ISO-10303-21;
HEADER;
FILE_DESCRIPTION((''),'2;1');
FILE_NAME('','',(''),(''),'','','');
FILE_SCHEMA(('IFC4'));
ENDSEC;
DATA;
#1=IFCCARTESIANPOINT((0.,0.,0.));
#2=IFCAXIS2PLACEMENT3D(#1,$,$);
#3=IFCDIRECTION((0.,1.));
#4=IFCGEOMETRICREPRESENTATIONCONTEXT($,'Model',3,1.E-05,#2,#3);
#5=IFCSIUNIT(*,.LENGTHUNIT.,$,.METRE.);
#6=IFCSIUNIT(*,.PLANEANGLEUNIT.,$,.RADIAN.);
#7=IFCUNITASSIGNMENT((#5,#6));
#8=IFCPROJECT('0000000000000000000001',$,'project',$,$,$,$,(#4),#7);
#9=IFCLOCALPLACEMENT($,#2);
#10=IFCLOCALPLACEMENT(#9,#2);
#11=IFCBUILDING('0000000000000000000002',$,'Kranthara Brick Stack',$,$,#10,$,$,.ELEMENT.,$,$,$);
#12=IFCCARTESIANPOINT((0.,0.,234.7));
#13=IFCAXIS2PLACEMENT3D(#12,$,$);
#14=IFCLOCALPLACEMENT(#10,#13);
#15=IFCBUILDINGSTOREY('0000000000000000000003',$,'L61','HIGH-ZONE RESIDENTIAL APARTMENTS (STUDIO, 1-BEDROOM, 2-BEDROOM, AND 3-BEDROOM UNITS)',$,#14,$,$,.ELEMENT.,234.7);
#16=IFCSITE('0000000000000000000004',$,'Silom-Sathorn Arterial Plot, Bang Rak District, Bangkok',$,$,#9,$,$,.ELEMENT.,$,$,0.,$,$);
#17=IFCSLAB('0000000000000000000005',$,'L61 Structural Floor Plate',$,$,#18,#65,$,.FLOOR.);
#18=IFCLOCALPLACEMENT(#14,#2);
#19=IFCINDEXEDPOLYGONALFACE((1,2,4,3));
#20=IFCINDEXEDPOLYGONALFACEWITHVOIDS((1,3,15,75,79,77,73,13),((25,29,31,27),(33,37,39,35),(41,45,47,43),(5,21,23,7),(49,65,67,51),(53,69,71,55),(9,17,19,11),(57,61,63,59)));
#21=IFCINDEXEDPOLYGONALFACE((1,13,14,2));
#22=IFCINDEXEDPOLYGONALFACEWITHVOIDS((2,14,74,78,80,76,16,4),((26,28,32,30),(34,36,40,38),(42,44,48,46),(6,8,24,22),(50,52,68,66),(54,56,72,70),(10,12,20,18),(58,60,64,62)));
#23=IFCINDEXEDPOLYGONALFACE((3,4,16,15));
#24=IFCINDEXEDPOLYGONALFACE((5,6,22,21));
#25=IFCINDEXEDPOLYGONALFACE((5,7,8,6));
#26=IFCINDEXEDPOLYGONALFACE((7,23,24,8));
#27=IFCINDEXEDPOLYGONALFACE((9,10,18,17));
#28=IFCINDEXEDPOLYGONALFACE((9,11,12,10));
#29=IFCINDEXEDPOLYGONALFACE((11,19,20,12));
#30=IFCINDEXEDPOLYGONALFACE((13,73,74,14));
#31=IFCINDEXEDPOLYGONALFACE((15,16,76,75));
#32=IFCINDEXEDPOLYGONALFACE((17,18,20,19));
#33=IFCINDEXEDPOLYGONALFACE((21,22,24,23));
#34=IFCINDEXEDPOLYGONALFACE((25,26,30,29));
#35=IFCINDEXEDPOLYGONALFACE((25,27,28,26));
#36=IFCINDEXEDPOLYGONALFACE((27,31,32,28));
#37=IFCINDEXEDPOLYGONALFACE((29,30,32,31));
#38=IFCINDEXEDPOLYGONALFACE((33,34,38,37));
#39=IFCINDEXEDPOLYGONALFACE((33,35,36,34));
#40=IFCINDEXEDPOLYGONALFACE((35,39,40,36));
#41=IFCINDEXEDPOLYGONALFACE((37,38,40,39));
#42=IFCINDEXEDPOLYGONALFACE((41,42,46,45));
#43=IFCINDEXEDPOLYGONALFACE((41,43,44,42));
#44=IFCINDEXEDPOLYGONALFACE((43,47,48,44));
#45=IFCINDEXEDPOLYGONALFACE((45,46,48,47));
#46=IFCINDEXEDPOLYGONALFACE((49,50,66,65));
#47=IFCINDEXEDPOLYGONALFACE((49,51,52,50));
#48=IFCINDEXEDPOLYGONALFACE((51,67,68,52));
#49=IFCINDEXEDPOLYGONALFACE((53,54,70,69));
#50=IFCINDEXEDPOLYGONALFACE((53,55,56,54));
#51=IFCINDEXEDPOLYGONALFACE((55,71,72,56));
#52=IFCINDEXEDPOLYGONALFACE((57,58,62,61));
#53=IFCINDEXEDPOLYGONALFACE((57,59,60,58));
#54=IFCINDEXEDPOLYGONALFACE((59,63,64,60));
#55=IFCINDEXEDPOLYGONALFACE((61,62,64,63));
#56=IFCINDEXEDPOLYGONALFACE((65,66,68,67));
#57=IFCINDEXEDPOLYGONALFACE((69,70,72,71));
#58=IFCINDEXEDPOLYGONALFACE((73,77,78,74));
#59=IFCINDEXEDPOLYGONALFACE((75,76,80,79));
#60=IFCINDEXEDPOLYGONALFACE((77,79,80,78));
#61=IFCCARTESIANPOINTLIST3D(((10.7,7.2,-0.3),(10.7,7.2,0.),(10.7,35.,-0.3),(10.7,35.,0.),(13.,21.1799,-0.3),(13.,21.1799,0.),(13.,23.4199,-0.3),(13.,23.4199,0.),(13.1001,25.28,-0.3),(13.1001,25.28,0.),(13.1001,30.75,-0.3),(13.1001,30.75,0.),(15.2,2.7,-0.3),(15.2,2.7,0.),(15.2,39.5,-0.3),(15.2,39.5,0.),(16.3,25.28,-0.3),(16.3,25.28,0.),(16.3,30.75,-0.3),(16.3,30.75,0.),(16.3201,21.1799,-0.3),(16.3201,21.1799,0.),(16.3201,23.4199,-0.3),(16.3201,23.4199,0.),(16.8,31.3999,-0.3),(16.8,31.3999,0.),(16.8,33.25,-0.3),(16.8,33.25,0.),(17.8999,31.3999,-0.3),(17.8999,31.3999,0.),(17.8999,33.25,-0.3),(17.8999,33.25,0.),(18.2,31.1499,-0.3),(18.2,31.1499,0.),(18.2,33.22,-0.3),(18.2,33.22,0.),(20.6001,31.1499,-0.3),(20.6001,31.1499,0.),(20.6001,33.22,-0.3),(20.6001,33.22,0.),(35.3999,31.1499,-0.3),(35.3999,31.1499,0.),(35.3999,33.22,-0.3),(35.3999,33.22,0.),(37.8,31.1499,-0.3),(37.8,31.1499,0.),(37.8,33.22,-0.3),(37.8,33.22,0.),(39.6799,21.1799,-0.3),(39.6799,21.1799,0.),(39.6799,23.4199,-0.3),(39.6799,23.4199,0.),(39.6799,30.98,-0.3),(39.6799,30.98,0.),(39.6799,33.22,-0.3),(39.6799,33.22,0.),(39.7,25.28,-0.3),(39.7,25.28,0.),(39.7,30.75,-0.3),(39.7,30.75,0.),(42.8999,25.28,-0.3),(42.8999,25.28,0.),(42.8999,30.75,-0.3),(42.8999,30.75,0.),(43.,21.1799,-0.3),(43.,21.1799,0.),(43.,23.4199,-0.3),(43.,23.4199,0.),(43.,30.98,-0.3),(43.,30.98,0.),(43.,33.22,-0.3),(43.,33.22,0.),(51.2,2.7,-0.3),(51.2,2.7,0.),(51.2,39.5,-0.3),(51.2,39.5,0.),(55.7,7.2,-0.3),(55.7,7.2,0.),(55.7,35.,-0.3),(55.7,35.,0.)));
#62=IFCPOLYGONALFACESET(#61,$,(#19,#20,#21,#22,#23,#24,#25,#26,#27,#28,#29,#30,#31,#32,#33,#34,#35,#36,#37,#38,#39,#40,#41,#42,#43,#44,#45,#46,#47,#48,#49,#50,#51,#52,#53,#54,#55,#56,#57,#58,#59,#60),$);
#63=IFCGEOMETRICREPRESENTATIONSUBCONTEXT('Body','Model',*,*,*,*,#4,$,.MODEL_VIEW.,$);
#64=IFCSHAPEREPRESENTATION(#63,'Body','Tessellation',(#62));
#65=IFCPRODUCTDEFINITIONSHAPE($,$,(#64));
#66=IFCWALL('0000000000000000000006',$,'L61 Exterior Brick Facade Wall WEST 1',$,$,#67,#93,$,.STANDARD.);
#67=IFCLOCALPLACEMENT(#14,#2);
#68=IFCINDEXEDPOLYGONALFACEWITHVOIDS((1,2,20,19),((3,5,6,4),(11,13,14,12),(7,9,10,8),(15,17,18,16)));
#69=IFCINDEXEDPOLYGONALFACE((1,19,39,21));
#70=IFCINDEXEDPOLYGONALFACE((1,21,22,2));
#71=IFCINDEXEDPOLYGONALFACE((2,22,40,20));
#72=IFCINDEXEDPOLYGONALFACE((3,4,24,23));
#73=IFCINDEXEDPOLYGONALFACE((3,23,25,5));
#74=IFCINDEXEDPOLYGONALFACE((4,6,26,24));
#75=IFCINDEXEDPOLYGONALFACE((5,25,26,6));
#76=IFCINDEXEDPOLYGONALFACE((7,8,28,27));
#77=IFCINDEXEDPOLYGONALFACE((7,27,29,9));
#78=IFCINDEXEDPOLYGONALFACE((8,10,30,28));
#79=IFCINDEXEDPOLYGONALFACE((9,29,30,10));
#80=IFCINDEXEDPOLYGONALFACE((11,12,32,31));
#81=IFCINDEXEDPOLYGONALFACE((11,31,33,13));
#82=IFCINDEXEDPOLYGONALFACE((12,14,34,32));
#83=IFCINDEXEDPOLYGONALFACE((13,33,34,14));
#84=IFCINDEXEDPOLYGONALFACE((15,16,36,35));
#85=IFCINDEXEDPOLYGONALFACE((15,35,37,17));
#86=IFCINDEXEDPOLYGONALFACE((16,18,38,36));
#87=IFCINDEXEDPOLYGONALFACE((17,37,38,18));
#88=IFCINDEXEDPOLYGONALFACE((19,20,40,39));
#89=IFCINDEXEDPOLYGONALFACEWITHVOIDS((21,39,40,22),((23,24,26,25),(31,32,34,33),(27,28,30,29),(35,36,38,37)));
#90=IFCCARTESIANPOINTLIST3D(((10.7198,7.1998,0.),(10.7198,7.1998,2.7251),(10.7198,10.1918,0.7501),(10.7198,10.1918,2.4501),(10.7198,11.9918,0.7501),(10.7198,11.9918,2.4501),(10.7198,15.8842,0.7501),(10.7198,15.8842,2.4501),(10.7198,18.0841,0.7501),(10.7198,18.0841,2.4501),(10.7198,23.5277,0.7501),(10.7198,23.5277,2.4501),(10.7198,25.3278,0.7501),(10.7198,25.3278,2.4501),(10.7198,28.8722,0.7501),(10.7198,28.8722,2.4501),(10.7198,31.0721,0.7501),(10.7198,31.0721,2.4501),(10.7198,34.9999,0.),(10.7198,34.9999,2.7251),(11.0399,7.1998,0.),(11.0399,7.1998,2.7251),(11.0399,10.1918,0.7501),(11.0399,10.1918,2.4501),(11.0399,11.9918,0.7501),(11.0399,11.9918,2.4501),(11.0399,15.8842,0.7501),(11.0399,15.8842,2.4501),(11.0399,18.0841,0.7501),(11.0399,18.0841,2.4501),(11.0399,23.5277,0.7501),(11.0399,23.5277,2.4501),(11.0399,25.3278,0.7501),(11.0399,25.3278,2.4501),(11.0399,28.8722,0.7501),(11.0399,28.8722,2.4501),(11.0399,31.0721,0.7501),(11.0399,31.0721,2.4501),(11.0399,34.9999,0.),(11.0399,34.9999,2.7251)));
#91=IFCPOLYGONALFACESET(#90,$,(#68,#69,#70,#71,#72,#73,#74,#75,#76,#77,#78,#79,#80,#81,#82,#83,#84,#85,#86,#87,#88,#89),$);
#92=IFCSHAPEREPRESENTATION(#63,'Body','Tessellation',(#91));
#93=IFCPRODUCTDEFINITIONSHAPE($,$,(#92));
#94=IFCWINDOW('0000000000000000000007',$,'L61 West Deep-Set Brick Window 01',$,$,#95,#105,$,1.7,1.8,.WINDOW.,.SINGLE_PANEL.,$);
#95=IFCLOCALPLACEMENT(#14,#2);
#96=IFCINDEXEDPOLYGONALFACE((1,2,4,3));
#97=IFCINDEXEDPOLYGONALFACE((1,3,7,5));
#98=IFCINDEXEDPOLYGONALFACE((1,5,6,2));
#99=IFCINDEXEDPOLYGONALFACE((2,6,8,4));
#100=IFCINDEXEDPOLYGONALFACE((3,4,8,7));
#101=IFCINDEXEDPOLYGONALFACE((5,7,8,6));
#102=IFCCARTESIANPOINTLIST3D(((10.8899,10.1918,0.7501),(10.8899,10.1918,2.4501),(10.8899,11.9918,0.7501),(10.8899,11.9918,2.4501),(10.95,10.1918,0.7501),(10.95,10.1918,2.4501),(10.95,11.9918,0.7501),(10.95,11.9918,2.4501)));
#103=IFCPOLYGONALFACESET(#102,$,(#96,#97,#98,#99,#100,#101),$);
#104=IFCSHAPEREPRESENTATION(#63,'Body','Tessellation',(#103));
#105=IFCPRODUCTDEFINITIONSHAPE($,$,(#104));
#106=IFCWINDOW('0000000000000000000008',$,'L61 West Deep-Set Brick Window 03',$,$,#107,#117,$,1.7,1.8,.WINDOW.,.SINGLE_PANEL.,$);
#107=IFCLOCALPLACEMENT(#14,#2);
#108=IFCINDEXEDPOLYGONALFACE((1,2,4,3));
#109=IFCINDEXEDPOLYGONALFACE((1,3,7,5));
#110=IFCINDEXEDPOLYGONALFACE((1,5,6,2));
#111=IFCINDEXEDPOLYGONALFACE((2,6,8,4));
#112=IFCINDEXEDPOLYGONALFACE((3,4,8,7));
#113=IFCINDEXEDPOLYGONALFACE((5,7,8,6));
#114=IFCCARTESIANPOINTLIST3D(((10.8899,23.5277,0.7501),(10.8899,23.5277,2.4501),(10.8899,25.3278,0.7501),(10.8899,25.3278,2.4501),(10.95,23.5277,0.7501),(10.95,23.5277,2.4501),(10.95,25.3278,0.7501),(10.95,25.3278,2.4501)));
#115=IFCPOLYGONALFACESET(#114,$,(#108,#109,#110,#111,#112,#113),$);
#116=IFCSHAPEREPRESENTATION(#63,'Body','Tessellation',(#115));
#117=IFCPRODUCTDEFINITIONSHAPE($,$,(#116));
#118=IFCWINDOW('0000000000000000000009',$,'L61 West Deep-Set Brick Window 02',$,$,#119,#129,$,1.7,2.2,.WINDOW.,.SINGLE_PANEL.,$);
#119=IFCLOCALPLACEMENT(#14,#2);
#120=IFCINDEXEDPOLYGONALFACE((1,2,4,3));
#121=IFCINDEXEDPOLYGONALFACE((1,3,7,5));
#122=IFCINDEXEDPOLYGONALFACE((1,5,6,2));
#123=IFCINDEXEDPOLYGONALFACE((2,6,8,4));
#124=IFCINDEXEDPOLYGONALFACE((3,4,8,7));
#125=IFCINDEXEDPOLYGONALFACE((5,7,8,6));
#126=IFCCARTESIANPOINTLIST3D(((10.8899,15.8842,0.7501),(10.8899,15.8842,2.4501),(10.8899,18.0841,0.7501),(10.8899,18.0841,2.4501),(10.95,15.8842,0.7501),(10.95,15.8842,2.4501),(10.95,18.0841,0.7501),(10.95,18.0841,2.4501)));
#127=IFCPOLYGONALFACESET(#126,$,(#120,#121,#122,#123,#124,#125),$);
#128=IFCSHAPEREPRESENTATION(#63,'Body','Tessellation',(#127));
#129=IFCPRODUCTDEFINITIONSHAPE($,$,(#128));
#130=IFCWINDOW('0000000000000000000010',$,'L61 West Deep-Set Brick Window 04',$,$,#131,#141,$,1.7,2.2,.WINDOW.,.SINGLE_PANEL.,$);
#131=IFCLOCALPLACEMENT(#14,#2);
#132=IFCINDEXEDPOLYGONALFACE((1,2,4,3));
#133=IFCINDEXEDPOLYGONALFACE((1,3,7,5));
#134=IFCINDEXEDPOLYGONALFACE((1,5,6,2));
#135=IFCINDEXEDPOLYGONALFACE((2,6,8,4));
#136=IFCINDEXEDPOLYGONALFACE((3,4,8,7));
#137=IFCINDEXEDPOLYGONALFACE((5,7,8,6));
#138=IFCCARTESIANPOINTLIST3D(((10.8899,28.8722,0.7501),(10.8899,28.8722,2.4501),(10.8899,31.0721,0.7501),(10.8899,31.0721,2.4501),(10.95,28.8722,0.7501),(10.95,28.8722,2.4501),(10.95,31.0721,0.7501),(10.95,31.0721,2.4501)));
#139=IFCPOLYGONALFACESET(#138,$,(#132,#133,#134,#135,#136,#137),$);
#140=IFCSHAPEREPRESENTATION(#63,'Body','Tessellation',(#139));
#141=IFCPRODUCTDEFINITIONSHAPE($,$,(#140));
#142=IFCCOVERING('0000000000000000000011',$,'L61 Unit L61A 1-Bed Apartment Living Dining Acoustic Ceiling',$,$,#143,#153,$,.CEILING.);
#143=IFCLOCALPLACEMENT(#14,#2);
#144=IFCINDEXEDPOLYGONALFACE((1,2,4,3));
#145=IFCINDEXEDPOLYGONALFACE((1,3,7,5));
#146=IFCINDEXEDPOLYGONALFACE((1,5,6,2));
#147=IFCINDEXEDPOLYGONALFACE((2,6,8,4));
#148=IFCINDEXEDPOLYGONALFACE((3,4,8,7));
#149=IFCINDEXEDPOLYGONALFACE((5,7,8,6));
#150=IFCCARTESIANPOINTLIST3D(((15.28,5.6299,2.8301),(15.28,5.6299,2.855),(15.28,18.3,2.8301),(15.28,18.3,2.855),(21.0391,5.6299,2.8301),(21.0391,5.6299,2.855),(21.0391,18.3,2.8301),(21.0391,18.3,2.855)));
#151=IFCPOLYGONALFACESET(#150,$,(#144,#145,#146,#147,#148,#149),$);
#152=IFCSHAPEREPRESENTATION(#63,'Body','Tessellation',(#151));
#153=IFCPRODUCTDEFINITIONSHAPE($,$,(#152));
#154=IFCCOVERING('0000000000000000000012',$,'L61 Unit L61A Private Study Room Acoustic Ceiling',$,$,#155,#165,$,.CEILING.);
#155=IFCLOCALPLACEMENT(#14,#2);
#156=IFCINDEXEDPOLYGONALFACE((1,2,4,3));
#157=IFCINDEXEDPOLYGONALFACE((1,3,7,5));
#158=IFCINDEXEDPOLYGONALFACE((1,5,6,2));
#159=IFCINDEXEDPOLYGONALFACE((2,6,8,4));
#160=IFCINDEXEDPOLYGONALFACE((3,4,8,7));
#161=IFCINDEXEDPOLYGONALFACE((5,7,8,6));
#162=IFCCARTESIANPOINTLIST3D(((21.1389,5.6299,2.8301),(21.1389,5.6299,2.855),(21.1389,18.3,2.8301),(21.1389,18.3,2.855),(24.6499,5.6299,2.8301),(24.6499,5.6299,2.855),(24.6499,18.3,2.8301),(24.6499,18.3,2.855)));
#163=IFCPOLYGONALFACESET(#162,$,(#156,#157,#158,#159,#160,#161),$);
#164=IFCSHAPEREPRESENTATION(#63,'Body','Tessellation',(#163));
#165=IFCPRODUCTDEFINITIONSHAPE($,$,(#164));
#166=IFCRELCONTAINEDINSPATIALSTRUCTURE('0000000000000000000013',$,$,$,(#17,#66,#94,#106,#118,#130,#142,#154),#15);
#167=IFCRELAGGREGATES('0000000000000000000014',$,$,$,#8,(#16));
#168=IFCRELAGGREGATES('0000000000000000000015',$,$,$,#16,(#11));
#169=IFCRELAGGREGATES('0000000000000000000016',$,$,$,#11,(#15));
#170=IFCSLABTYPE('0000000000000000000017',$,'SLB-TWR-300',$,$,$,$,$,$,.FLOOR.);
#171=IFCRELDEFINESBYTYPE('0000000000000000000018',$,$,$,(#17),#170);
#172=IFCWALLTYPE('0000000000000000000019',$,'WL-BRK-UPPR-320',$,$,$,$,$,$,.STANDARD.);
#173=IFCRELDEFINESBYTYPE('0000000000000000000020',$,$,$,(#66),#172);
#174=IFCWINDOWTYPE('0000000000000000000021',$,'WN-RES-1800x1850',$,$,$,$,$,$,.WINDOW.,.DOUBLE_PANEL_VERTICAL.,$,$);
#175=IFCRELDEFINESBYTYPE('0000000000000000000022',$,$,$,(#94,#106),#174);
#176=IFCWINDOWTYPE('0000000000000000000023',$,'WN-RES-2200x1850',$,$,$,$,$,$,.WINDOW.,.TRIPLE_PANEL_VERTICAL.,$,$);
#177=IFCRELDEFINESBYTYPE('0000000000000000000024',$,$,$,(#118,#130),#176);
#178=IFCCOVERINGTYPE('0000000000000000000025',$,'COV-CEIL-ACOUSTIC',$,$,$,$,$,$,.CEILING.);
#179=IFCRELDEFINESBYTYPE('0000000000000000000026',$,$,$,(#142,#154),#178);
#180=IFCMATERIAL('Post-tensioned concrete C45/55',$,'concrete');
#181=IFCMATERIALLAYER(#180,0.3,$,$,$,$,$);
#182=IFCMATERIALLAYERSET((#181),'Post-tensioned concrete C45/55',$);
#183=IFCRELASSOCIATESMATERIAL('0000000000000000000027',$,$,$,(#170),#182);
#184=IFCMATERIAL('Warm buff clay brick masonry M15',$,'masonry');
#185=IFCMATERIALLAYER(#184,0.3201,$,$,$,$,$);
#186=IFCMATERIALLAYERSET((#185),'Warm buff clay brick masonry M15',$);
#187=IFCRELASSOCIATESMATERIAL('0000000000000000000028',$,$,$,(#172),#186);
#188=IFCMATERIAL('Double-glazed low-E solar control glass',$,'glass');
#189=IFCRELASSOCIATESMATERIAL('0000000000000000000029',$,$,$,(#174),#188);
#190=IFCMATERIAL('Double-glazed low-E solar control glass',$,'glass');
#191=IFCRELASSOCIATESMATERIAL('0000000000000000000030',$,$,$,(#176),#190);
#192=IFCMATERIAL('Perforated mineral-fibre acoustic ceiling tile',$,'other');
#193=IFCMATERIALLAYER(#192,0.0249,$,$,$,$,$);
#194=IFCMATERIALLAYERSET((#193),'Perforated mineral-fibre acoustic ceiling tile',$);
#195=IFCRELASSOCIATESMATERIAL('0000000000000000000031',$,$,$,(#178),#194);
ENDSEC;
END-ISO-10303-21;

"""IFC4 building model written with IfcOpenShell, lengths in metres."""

from ifc_helpers import new_model, si_unit, direction, frame, frame_2d, origin, place, context, subcontext, project, spatial, polyline, rectangle, outline, extrude, material, layer, layer_set, type_object, element, fill, save


model = new_model("IFC4")

# Units and contexts
model_context = context("Model", 3, precision=1e-05, world=origin(), true_north=direction((0.0, 1.0)))
body_context = subcontext(model_context, "Body", "Model", "MODEL_VIEW")
ifc_project = project(units=[si_unit("LENGTHUNIT", "METRE"), si_unit("PLANEANGLEUNIT", "RADIAN")], contexts=[model_context])

# Site, building, storey
site_placement = place(None, origin())
site = spatial("IfcSite", under=ifc_project, at=site_placement, Name="Silom-Sathorn Arterial Plot, Bang Rak District, Bangkok", CompositionType="ELEMENT", RefElevation=0.0)
building_placement = place(site_placement, origin())
building = spatial("IfcBuilding", under=site, at=building_placement, Name="Kranthara Brick Stack", CompositionType="ELEMENT")
storey_placement = place(building_placement, frame((0.0, 0.0, 234.7)))
storey = spatial("IfcBuildingStorey", under=building, at=storey_placement, Name="L61", Description="HIGH-ZONE RESIDENTIAL APARTMENTS (STUDIO, 1-BEDROOM, 2-BEDROOM, AND 3-BEDROOM UNITS)", CompositionType="ELEMENT", Elevation=234.7)

# Slab
ifc_material_1 = material(Name="Post-tensioned concrete C45/55", Category="concrete")
ifc_layer_1 = layer(ifc_material_1, 0.3)
ifc_layer_set_1 = layer_set([ifc_layer_1], Name="Post-tensioned concrete C45/55")
slab_type_1 = type_object("IfcSlabType", Name="SLB-TWR-300", PredefinedType="FLOOR", material=ifc_layer_set_1)
slab_1_placement = place(storey_placement, frame((0.0, 0.0, -0.3)))
element("IfcSlab", 1, at=slab_1_placement, inside=storey, type_object=slab_type_1, Name="L61 Structural Floor Plate", PredefinedType="FLOOR", context=body_context, shape_type="SweptSolid", body=[
    extrude(outline(polyline([(15.2, 2.7), (51.2, 2.7), (55.7, 7.2), (55.7, 35.0), (51.2, 39.5), (15.2, 39.5), (10.7, 35.0), (10.7, 7.2), (15.2, 2.7)]), holes=[polyline([(13.1001, 25.28), (16.3, 25.28), (16.3, 30.75), (13.1001, 30.75), (13.1001, 25.28)]), polyline([(39.7, 25.28), (42.8999, 25.28), (42.8999, 30.75), (39.7, 30.75), (39.7, 25.28)]), polyline([(13.0, 21.1799), (16.3201, 21.1799), (16.3201, 23.4199), (13.0, 23.4199), (13.0, 21.1799)]), polyline([(39.6799, 21.1799), (43.0, 21.1799), (43.0, 23.4199), (39.6799, 23.4199), (39.6799, 21.1799)]), polyline([(39.6799, 30.98), (43.0, 30.98), (43.0, 33.22), (39.6799, 33.22), (39.6799, 30.98)]), polyline([(18.2, 31.1499), (20.6001, 31.1499), (20.6001, 33.22), (18.2, 33.22), (18.2, 31.1499)]), polyline([(35.3999, 31.1499), (37.8, 31.1499), (37.8, 33.22), (35.3999, 33.22), (35.3999, 31.1499)]), polyline([(16.8, 31.3999), (17.8999, 31.3999), (17.8999, 33.25), (16.8, 33.25), (16.8, 31.3999)])]), origin(), (0.0, 0.0, 1.0), 0.3),
])

# Wall, openings, windows
ifc_material_2 = material(Name="Warm buff clay brick masonry M15", Category="masonry")
ifc_layer_2 = layer(ifc_material_2, 0.3201)
ifc_layer_set_2 = layer_set([ifc_layer_2], Name="Warm buff clay brick masonry M15")
wall_type = type_object("IfcWallType", Name="WL-BRK-UPPR-320", PredefinedType="STANDARD", material=ifc_layer_set_2)
wall_placement = place(storey_placement, frame((10.8799, 7.2, 0.0), z_axis=(0.0, 0.0, 1.0), x_axis=(0.0, 1.0, 0.0)))
wall = element("IfcWall", 2, at=wall_placement, inside=storey, type_object=wall_type, Name="L61 Exterior Brick Facade Wall WEST 1", PredefinedType="STANDARD", context=body_context, shape_type="SweptSolid", body=[
    extrude(rectangle(XDim=27.8, YDim=0.3201, at=frame_2d((13.8999, 0.0))), origin(), (0.0, 0.0, 1.0), 2.7251),
])
opening_1_placement = place(wall_placement, frame((2.9919, 0.0, 0.75)))
opening_1 = element("IfcOpeningElement", 3, at=opening_1_placement, cuts=wall, PredefinedType="OPENING", context=body_context, shape_type="SweptSolid", body=[
    extrude(rectangle(XDim=1.8, YDim=1.7, at=frame_2d((0.8999, 0.8501))), frame((0.0, 0.1699, 0.0), z_axis=(0.0, -1.0, 0.0), x_axis=(1.0, 0.0, 0.0)), (0.0, 0.0, 1.0), 0.3401),
])
opening_2_placement = place(wall_placement, frame((8.6841, 0.0, 0.75)))
opening_2 = element("IfcOpeningElement", 4, at=opening_2_placement, cuts=wall, PredefinedType="OPENING", context=body_context, shape_type="SweptSolid", body=[
    extrude(rectangle(XDim=2.2, YDim=1.7, at=frame_2d((1.1001, 0.8501))), frame((0.0, 0.1699, 0.0), z_axis=(0.0, -1.0, 0.0), x_axis=(1.0, 0.0, 0.0)), (0.0, 0.0, 1.0), 0.3401),
])
opening_3_placement = place(wall_placement, frame((16.3279, 0.0, 0.75)))
opening_3 = element("IfcOpeningElement", 5, at=opening_3_placement, cuts=wall, PredefinedType="OPENING", context=body_context, shape_type="SweptSolid", body=[
    extrude(rectangle(XDim=1.8, YDim=1.7, at=frame_2d((0.8999, 0.8501))), frame((0.0, 0.1699, 0.0), z_axis=(0.0, -1.0, 0.0), x_axis=(1.0, 0.0, 0.0)), (0.0, 0.0, 1.0), 0.3401),
])
opening_4_placement = place(wall_placement, frame((21.6721, 0.0, 0.75)))
opening_4 = element("IfcOpeningElement", 6, at=opening_4_placement, cuts=wall, PredefinedType="OPENING", context=body_context, shape_type="SweptSolid", body=[
    extrude(rectangle(XDim=2.2, YDim=1.7, at=frame_2d((1.1001, 0.8501))), frame((0.0, 0.1699, 0.0), z_axis=(0.0, -1.0, 0.0), x_axis=(1.0, 0.0, 0.0)), (0.0, 0.0, 1.0), 0.3401),
])
ifc_material_3 = material(Name="Double-glazed low-E solar control glass", Category="glass")
window_type_1 = type_object("IfcWindowType", Name="WN-RES-1800x1850", PartitioningType="DOUBLE_PANEL_VERTICAL", PredefinedType="WINDOW", material=ifc_material_3)
window_1_placement = place(opening_1_placement, origin())
window_1 = element("IfcWindow", 7, at=window_1_placement, inside=storey, type_object=window_type_1, Name="L61 West Deep-Set Brick Window 01", OverallHeight=1.7, OverallWidth=1.8, PartitioningType="SINGLE_PANEL", PredefinedType="WINDOW", context=body_context, shape_type="SweptSolid", body=[
    extrude(rectangle(XDim=1.8, YDim=1.7, at=frame_2d((0.8999, 0.8501))), frame((0.0, -0.01, 0.0), z_axis=(0.0, -1.0, 0.0), x_axis=(1.0, 0.0, 0.0)), (0.0, 0.0, 1.0), 0.0601),
])
fill(opening_1, window_1)
window_2_placement = place(opening_3_placement, origin())
window_2 = element("IfcWindow", 8, at=window_2_placement, inside=storey, type_object=window_type_1, Name="L61 West Deep-Set Brick Window 03", OverallHeight=1.7, OverallWidth=1.8, PartitioningType="SINGLE_PANEL", PredefinedType="WINDOW", context=body_context, shape_type="SweptSolid", body=[
    extrude(rectangle(XDim=1.8, YDim=1.7, at=frame_2d((0.8999, 0.8501))), frame((0.0, -0.01, 0.0), z_axis=(0.0, -1.0, 0.0), x_axis=(1.0, 0.0, 0.0)), (0.0, 0.0, 1.0), 0.0601),
])
fill(opening_3, window_2)
ifc_material_4 = material(Name="Double-glazed low-E solar control glass", Category="glass")
window_type_2 = type_object("IfcWindowType", Name="WN-RES-2200x1850", PartitioningType="TRIPLE_PANEL_VERTICAL", PredefinedType="WINDOW", material=ifc_material_4)
window_3_placement = place(opening_2_placement, origin())
window_3 = element("IfcWindow", 9, at=window_3_placement, inside=storey, type_object=window_type_2, Name="L61 West Deep-Set Brick Window 02", OverallHeight=1.7, OverallWidth=2.2, PartitioningType="SINGLE_PANEL", PredefinedType="WINDOW", context=body_context, shape_type="SweptSolid", body=[
    extrude(rectangle(XDim=2.2, YDim=1.7, at=frame_2d((1.1001, 0.8501))), frame((0.0, -0.01, 0.0), z_axis=(0.0, -1.0, 0.0), x_axis=(1.0, 0.0, 0.0)), (0.0, 0.0, 1.0), 0.0601),
])
fill(opening_2, window_3)
window_4_placement = place(opening_4_placement, origin())
window_4 = element("IfcWindow", 10, at=window_4_placement, inside=storey, type_object=window_type_2, Name="L61 West Deep-Set Brick Window 04", OverallHeight=1.7, OverallWidth=2.2, PartitioningType="SINGLE_PANEL", PredefinedType="WINDOW", context=body_context, shape_type="SweptSolid", body=[
    extrude(rectangle(XDim=2.2, YDim=1.7, at=frame_2d((1.1001, 0.8501))), frame((0.0, -0.01, 0.0), z_axis=(0.0, -1.0, 0.0), x_axis=(1.0, 0.0, 0.0)), (0.0, 0.0, 1.0), 0.0601),
])
fill(opening_4, window_4)

# Coverings
ifc_material_5 = material(Name="Perforated mineral-fibre acoustic ceiling tile", Category="other")
ifc_layer_3 = layer(ifc_material_5, 0.0249)
ifc_layer_set_3 = layer_set([ifc_layer_3], Name="Perforated mineral-fibre acoustic ceiling tile")
covering_type_1 = type_object("IfcCoveringType", Name="COV-CEIL-ACOUSTIC", PredefinedType="CEILING", material=ifc_layer_set_3)
covering_1_placement = place(storey_placement, frame((0.0, 0.0, 2.8301)))
element("IfcCovering", 11, at=covering_1_placement, inside=storey, type_object=covering_type_1, Name="L61 Unit L61A 1-Bed Apartment Living Dining Acoustic Ceiling", PredefinedType="CEILING", context=body_context, shape_type="SweptSolid", body=[
    extrude(outline(polyline([(21.0391, 5.6299), (21.0391, 18.3), (15.28, 18.3), (15.28, 5.6299), (21.0391, 5.6299)])), origin(), (0.0, 0.0, 1.0), 0.0249),
])
covering_2_placement = place(storey_placement, frame((0.0, 0.0, 2.8301)))
element("IfcCovering", 12, at=covering_2_placement, inside=storey, type_object=covering_type_1, Name="L61 Unit L61A Private Study Room Acoustic Ceiling", PredefinedType="CEILING", context=body_context, shape_type="SweptSolid", body=[
    extrude(outline(polyline([(24.6499, 5.6299), (24.6499, 18.3), (21.1389, 18.3), (21.1389, 5.6299), (24.6499, 5.6299)])), origin(), (0.0, 0.0, 1.0), 0.0249),
])

save(model, "model.ifc")
